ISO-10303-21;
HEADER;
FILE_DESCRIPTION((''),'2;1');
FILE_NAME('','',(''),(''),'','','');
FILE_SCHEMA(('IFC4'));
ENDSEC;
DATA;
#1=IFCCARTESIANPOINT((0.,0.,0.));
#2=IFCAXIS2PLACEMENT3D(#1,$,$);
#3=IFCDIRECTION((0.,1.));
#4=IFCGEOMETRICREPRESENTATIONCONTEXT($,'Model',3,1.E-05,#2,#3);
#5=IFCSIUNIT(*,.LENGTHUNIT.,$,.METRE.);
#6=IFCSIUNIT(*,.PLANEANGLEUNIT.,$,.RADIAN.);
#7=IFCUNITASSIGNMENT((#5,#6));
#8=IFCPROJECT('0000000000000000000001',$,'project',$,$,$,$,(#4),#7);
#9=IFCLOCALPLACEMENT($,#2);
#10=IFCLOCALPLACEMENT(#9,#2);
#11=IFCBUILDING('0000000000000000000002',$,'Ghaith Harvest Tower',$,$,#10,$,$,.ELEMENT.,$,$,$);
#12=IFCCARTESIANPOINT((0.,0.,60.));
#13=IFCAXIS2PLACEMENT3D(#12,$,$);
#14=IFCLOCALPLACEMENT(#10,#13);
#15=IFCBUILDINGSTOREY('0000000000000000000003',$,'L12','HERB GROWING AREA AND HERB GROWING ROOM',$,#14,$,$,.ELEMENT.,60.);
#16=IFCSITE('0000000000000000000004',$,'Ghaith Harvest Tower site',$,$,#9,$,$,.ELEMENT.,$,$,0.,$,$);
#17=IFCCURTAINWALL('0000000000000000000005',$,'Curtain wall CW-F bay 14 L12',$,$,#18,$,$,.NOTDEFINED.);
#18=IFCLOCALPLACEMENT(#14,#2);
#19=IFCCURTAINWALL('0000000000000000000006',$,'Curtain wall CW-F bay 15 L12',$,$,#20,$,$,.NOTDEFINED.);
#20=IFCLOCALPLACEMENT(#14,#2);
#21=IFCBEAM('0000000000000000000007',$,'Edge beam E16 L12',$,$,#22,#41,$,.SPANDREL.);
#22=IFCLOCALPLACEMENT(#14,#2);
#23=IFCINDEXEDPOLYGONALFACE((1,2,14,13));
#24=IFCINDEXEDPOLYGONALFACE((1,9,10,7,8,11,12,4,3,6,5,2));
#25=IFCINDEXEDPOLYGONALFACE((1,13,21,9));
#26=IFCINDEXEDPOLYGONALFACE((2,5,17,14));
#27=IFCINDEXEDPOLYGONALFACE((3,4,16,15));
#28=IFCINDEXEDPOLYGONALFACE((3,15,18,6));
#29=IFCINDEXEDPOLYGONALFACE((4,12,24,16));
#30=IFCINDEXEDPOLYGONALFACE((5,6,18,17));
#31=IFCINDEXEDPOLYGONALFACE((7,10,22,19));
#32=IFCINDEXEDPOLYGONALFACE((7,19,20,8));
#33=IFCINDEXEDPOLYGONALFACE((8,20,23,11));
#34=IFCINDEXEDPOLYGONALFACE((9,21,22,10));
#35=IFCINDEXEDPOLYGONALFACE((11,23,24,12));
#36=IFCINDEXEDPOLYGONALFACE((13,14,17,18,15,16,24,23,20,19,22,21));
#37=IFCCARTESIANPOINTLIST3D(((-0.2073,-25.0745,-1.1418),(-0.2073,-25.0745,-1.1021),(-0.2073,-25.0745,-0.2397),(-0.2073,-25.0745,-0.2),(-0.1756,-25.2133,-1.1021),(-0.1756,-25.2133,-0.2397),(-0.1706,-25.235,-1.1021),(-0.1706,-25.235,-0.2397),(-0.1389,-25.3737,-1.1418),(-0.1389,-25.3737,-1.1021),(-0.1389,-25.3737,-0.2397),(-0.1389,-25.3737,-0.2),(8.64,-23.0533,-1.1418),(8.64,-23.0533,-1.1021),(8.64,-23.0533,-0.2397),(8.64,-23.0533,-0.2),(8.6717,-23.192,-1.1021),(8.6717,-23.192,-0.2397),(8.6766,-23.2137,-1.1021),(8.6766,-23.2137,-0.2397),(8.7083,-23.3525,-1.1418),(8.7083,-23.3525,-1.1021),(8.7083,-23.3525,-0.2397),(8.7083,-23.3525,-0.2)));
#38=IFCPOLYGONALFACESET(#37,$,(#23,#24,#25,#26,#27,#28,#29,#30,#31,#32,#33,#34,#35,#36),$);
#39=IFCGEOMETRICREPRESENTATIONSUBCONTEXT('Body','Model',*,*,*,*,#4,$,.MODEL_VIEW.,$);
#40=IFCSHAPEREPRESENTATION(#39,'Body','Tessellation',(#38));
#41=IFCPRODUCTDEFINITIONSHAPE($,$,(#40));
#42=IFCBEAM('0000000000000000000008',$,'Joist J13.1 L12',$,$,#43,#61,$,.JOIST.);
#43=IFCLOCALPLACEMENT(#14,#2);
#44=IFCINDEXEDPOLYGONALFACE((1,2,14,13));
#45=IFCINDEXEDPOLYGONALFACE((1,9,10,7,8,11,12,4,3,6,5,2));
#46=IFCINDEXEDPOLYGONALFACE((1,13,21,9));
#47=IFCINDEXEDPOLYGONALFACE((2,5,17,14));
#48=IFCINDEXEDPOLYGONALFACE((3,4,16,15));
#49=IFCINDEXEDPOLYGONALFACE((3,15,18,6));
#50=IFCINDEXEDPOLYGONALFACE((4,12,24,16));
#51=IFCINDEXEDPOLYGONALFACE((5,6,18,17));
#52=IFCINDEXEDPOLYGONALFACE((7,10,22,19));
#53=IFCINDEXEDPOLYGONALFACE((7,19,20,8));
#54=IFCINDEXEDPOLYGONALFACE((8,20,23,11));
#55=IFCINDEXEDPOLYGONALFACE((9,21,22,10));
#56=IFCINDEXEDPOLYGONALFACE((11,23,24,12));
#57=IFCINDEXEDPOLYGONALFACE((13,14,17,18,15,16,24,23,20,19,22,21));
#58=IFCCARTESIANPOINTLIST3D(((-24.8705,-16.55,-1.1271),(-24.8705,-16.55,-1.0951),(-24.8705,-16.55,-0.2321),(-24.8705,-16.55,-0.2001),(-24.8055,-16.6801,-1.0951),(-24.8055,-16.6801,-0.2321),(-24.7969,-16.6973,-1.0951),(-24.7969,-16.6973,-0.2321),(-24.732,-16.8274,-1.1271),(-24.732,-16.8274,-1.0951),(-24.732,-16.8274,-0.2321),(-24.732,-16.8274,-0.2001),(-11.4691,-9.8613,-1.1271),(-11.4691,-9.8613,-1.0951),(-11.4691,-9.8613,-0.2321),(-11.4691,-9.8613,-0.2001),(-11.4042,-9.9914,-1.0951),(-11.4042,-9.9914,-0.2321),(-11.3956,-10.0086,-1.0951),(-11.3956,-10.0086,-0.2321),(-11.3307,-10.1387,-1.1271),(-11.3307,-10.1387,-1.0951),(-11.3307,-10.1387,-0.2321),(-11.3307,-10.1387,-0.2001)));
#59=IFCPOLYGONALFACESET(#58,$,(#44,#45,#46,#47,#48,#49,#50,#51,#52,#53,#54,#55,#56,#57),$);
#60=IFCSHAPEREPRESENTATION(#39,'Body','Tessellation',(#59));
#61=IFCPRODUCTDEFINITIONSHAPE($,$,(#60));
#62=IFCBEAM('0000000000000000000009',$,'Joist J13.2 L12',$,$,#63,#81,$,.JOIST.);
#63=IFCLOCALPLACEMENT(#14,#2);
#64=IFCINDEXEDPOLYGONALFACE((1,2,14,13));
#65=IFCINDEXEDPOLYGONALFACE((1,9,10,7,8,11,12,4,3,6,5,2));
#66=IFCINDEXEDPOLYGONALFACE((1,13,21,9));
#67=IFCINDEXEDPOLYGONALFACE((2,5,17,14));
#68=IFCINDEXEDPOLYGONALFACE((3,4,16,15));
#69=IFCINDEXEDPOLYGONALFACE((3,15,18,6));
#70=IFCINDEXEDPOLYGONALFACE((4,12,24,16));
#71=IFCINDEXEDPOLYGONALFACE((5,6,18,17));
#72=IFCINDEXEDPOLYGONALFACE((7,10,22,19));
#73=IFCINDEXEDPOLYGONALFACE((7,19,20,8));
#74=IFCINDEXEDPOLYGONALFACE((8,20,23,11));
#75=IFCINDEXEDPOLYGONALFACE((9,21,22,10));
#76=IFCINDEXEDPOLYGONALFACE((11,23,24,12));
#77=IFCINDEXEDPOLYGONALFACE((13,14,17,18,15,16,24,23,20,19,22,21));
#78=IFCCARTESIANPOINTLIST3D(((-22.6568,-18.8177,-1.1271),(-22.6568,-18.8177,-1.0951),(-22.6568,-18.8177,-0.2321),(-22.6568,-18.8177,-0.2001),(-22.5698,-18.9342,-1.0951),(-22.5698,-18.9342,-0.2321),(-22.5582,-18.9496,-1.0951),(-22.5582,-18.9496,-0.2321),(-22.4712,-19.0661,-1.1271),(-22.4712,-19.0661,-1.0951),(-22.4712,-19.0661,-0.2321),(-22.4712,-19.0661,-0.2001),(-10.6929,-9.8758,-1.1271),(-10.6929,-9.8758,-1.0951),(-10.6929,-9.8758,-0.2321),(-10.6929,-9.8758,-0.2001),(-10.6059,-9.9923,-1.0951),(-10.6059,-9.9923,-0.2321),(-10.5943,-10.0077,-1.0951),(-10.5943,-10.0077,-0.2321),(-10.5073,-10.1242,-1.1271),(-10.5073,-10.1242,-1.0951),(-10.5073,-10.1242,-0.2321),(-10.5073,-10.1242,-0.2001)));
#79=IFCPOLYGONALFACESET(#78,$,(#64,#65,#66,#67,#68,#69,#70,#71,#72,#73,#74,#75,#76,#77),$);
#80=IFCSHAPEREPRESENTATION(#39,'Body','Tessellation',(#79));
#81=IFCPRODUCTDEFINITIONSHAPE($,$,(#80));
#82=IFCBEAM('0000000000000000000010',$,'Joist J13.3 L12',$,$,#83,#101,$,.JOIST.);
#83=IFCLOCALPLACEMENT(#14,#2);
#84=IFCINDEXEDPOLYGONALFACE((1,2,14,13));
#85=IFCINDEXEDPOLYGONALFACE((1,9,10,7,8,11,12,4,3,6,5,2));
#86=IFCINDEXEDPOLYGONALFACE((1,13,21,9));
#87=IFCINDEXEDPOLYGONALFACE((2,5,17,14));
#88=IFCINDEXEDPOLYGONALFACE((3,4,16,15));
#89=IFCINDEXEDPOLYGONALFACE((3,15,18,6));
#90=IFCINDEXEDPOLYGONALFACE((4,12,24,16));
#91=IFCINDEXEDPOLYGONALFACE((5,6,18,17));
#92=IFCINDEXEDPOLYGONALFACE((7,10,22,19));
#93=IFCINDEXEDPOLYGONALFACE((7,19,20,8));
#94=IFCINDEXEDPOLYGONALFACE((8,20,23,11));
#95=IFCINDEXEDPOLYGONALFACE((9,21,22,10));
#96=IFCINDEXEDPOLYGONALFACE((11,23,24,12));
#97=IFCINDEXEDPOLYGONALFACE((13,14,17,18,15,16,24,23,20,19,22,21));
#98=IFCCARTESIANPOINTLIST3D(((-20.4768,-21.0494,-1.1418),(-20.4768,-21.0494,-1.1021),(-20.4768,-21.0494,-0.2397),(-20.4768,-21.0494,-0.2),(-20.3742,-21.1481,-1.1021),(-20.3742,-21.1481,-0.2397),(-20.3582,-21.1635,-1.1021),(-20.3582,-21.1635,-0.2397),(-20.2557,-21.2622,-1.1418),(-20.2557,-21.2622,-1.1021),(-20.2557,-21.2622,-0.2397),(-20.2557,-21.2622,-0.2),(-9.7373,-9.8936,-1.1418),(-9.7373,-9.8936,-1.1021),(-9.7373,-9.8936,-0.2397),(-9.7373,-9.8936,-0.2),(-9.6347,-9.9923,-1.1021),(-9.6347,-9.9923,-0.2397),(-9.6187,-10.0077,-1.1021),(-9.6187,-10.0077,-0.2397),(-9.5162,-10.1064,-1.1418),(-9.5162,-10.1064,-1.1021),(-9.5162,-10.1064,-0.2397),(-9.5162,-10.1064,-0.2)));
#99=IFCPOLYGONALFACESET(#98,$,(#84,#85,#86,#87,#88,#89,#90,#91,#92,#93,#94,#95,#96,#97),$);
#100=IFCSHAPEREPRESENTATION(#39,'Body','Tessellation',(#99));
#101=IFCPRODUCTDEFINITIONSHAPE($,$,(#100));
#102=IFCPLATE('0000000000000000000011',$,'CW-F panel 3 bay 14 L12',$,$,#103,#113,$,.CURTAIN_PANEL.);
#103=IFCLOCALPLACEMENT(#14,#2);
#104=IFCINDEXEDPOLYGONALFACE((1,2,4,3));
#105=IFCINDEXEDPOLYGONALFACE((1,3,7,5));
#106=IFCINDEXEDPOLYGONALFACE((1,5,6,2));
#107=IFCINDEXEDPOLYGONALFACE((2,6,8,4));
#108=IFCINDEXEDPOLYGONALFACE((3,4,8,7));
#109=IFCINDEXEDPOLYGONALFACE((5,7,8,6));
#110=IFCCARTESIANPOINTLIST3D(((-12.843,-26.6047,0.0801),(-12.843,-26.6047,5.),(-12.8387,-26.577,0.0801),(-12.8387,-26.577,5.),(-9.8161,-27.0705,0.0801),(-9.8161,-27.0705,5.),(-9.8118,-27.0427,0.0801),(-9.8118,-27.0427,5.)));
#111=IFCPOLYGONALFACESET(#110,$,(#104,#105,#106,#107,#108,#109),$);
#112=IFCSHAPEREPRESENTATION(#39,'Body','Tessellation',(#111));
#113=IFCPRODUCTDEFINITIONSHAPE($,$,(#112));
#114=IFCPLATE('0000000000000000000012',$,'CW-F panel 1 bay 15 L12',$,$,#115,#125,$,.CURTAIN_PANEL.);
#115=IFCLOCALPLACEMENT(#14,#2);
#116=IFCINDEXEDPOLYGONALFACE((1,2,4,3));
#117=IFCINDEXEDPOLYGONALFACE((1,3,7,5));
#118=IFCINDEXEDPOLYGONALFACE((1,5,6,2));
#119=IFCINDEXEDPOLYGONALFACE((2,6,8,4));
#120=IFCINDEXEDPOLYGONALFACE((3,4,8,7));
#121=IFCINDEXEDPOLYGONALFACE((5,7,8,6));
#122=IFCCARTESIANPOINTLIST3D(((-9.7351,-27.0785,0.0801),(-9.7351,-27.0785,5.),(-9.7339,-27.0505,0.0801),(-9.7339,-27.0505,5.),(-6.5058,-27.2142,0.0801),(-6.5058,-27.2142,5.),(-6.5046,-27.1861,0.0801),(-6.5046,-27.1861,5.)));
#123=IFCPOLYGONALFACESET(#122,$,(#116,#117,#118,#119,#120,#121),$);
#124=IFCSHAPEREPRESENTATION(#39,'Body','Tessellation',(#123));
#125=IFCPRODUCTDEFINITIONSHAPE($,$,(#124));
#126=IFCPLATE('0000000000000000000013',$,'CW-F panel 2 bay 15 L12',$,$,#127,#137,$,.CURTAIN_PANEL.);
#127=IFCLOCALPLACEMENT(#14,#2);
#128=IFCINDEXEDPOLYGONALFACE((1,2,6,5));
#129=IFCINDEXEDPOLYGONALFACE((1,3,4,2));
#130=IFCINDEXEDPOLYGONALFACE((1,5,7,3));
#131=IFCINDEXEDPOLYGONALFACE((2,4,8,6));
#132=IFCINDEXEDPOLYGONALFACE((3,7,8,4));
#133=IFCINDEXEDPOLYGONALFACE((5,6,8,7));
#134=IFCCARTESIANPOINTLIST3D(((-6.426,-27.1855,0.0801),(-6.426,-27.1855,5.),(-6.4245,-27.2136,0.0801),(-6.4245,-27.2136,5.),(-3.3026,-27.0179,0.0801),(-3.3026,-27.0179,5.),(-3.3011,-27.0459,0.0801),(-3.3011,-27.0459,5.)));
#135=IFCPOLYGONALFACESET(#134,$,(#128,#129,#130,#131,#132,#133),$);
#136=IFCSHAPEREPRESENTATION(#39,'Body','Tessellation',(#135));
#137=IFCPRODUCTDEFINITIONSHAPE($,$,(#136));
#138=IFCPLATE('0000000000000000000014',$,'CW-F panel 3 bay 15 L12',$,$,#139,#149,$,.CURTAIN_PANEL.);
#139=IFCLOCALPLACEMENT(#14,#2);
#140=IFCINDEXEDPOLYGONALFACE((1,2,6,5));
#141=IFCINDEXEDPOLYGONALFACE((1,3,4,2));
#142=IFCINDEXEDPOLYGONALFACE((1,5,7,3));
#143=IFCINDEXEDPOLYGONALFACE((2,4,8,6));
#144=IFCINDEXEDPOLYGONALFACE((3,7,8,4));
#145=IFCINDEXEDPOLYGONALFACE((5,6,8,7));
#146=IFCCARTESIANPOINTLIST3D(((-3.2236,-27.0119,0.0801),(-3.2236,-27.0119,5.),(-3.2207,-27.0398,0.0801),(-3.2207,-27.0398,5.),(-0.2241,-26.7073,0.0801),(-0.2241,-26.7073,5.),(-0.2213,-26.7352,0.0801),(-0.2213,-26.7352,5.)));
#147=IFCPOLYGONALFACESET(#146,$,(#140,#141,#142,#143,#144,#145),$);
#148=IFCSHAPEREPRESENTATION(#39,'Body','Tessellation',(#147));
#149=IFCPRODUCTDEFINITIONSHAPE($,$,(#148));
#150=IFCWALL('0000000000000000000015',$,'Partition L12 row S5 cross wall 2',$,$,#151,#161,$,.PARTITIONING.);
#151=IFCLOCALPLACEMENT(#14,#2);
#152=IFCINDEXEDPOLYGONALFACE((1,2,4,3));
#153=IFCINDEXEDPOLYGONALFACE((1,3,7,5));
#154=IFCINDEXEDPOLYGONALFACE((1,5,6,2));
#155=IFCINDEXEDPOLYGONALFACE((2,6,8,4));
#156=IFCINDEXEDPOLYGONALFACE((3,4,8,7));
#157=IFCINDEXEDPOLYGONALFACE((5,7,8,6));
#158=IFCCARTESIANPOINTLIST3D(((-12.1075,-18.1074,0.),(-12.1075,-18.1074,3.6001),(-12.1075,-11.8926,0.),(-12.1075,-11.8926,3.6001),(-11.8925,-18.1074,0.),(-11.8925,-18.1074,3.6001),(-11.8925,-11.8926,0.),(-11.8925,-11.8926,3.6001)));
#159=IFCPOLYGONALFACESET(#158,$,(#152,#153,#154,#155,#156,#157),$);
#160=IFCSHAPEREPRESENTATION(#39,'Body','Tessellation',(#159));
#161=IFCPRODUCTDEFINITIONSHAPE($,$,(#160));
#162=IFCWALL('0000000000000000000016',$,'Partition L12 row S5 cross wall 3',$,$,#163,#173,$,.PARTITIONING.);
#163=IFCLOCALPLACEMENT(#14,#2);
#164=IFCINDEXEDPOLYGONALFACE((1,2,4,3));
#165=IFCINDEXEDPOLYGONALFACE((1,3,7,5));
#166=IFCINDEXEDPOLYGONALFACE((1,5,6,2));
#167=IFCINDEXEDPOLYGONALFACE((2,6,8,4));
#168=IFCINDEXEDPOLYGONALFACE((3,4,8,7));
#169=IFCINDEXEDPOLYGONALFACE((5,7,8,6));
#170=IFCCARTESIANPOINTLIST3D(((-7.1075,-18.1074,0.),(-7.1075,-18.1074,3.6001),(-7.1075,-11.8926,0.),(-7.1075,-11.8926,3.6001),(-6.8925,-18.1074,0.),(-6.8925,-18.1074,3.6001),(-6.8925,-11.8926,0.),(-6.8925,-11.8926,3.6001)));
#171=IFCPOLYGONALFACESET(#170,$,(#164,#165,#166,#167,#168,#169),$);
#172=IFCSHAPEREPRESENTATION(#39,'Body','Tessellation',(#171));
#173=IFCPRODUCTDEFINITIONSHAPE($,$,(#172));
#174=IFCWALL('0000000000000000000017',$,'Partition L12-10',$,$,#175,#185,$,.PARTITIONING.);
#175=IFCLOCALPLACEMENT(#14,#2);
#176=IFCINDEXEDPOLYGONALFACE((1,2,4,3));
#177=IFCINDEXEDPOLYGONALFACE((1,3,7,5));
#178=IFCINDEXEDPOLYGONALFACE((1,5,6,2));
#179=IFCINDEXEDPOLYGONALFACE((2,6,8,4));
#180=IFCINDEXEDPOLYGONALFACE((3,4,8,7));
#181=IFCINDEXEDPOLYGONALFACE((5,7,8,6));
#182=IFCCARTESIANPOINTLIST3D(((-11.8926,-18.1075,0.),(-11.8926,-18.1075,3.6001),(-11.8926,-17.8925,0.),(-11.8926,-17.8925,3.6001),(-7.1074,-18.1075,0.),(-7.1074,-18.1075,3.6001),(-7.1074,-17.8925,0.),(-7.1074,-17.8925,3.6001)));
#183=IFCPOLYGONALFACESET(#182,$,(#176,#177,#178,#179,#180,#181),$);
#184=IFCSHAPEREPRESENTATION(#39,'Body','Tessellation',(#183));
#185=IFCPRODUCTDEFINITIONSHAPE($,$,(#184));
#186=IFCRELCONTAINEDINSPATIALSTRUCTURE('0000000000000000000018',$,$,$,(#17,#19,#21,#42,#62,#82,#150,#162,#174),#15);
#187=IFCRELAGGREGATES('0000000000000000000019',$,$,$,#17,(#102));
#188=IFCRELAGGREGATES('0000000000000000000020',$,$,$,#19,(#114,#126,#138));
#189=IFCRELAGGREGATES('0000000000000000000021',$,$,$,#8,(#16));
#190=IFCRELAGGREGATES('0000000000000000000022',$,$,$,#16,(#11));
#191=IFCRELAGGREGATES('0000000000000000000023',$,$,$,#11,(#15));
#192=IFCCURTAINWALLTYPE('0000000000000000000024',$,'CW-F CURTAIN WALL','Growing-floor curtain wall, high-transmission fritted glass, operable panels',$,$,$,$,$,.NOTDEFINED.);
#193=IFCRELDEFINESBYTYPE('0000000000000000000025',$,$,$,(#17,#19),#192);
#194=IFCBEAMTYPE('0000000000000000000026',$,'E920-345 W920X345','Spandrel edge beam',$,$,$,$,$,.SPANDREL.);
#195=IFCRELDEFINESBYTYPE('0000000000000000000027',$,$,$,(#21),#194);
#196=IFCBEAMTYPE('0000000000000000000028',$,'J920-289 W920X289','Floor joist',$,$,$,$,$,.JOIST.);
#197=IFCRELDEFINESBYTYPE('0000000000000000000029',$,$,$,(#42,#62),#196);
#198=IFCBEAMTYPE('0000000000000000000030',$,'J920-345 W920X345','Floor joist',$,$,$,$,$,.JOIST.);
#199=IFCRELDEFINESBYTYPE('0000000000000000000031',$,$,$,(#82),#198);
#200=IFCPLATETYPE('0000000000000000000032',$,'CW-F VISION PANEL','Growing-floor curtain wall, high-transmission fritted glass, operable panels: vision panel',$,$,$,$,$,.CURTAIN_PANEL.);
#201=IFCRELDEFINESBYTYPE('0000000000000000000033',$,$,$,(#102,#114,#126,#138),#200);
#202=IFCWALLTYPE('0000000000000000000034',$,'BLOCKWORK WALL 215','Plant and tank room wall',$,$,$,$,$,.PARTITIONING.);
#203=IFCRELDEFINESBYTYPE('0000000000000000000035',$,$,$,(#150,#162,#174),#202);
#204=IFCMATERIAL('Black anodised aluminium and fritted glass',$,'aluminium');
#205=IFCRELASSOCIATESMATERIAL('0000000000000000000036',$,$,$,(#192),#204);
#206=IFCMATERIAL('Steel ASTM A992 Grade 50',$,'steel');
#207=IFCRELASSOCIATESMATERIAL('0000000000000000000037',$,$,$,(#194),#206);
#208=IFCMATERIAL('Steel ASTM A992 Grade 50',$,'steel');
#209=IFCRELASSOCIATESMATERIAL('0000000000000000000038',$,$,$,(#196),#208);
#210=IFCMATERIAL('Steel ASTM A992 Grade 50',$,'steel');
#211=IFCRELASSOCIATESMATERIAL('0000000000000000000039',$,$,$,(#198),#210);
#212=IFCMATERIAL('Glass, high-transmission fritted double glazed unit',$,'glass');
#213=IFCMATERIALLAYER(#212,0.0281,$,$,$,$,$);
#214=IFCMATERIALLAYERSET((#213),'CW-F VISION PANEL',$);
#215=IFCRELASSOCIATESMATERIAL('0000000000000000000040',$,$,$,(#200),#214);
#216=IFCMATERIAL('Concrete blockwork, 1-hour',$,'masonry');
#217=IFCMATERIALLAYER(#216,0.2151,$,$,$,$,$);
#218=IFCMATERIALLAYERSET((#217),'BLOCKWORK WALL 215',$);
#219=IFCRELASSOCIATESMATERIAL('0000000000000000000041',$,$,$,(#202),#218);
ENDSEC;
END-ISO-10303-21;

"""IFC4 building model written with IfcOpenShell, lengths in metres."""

from ifc_helpers import new_model, si_unit, direction, frame, frame_2d, origin, origin_2d, place, context, subcontext, project, spatial, rectangle, i_section, extrude, material, layer, layer_set, material_profile, profile_set, type_object, element, aggregate, save


model = new_model("IFC4")

# Units and contexts
model_context = context("Model", 3, precision=1e-05, world=origin(), true_north=direction((0.0, 1.0)))
body_context = subcontext(model_context, "Body", "Model", "MODEL_VIEW")
ifc_project = project(units=[si_unit("LENGTHUNIT", "METRE"), si_unit("PLANEANGLEUNIT", "RADIAN")], contexts=[model_context])

# Site, building, storey
site_placement = place(None, origin())
site = spatial("IfcSite", under=ifc_project, at=site_placement, Name="Ghaith Harvest Tower site", CompositionType="ELEMENT", RefElevation=0.0)
building_placement = place(site_placement, origin())
building = spatial("IfcBuilding", under=site, at=building_placement, Name="Ghaith Harvest Tower", CompositionType="ELEMENT")
storey_placement = place(building_placement, frame((0.0, 0.0, 60.0)))
storey = spatial("IfcBuildingStorey", under=building, at=storey_placement, Name="L12", Description="HERB GROWING AREA AND HERB GROWING ROOM", CompositionType="ELEMENT", Elevation=60.0)

# Curtain wall
ifc_material_1 = material(Name="Black anodised aluminium and fritted glass", Category="aluminium")
curtain_wall_type = type_object("IfcCurtainWallType", Name="CW-F CURTAIN WALL", Description="Growing-floor curtain wall, high-transmission fritted glass, operable panels", PredefinedType="NOTDEFINED", material=ifc_material_1)
curtain_wall_1_placement = place(storey_placement, origin())
curtain_wall_1 = element("IfcCurtainWall", 1, at=curtain_wall_1_placement, inside=storey, type_object=curtain_wall_type, Name="Curtain wall CW-F bay 14 L12", PredefinedType="NOTDEFINED")

# Curtain wall
curtain_wall_2_placement = place(storey_placement, origin())
curtain_wall_2 = element("IfcCurtainWall", 2, at=curtain_wall_2_placement, inside=storey, type_object=curtain_wall_type, Name="Curtain wall CW-F bay 15 L12", PredefinedType="NOTDEFINED")

# Beams
ifc_material_2 = material(Name="Steel ASTM A992 Grade 50", Category="steel")
ifc_material_profile_1 = material_profile(ifc_material_2, i_section(OverallWidth=0.3069, OverallDepth=0.9419, WebThickness=0.0222, FlangeThickness=0.0398, at=origin_2d()), Name="W920X345")
ifc_profile_set_1 = profile_set([ifc_material_profile_1], Name="Steel ASTM A992 Grade 50")
beam_type_1 = type_object("IfcBeamType", Name="E920-345 W920X345", Description="Spandrel edge beam", PredefinedType="SPANDREL", material=ifc_profile_set_1)
beam_1_placement = place(storey_placement, frame((-0.1731, -25.2241, -0.6709), z_axis=(0.974882, 0.222723, 0.0), x_axis=(-0.222723, 0.974882, 0.0)))
element("IfcBeam", 3, at=beam_1_placement, inside=storey, type_object=beam_type_1, Name="Edge beam E16 L12", PredefinedType="SPANDREL", context=body_context, shape_type="SweptSolid", body=[
    extrude(i_section(OverallWidth=0.3069, OverallDepth=0.9419, WebThickness=0.0222, FlangeThickness=0.0398, at=origin_2d()), origin(), (0.0, 0.0, 1.0), 9.0752),
])
ifc_material_3 = material(Name="Steel ASTM A992 Grade 50", Category="steel")
ifc_material_profile_2 = material_profile(ifc_material_3, i_section(OverallWidth=0.3101, OverallDepth=0.927, WebThickness=0.0193, FlangeThickness=0.032, at=origin_2d()), Name="W920X289")
ifc_profile_set_2 = profile_set([ifc_material_profile_2], Name="Steel ASTM A992 Grade 50")
beam_type_2 = type_object("IfcBeamType", Name="J920-289 W920X289", Description="Floor joist", PredefinedType="JOIST", material=ifc_profile_set_2)
beam_2_placement = place(storey_placement, frame((-11.3999, -10.0, -0.6636), z_axis=(-0.894746, -0.446575, 0.0), x_axis=(0.446575, -0.894746, 0.0)))
element("IfcBeam", 4, at=beam_2_placement, inside=storey, type_object=beam_type_2, Name="Joist J13.1 L12", PredefinedType="JOIST", context=body_context, shape_type="SweptSolid", body=[
    extrude(i_section(OverallWidth=0.3101, OverallDepth=0.927, WebThickness=0.0193, FlangeThickness=0.032, at=origin_2d()), origin(), (0.0, 0.0, 1.0), 14.9778),
])
beam_3_placement = place(storey_placement, frame((-10.6001, -10.0, -0.6636), z_axis=(-0.800995, -0.598671, 0.0), x_axis=(0.598671, -0.800995, 0.0)))
element("IfcBeam", 5, at=beam_3_placement, inside=storey, type_object=beam_type_2, Name="Joist J13.2 L12", PredefinedType="JOIST", context=body_context, shape_type="SweptSolid", body=[
    extrude(i_section(OverallWidth=0.3101, OverallDepth=0.927, WebThickness=0.0193, FlangeThickness=0.032, at=origin_2d()), origin(), (0.0, 0.0, 1.0), 14.9363),
])
ifc_material_4 = material(Name="Steel ASTM A992 Grade 50", Category="steel")
ifc_material_profile_3 = material_profile(ifc_material_4, i_section(OverallWidth=0.3069, OverallDepth=0.9419, WebThickness=0.0222, FlangeThickness=0.0398, at=origin_2d()), Name="W920X345")
ifc_profile_set_3 = profile_set([ifc_material_profile_3], Name="Steel ASTM A992 Grade 50")
beam_type_3 = type_object("IfcBeamType", Name="J920-345 W920X345", Description="Floor joist", PredefinedType="JOIST", material=ifc_profile_set_3)
beam_4_placement = place(storey_placement, frame((-9.6267, -10.0, -0.6709), z_axis=(-0.693538, -0.72042, 0.0), x_axis=(0.72042, -0.693538, 0.0)))
element("IfcBeam", 6, at=beam_4_placement, inside=storey, type_object=beam_type_3, Name="Joist J13.3 L12", PredefinedType="JOIST", context=body_context, shape_type="SweptSolid", body=[
    extrude(i_section(OverallWidth=0.3069, OverallDepth=0.9419, WebThickness=0.0222, FlangeThickness=0.0398, at=origin_2d()), origin(), (0.0, 0.0, 1.0), 15.4851),
])

# Plates
ifc_material_5 = material(Name="Glass, high-transmission fritted double glazed unit", Category="glass")
ifc_layer_1 = layer(ifc_material_5, 0.0281)
ifc_layer_set_1 = layer_set([ifc_layer_1], Name="CW-F VISION PANEL")
plate_type = type_object("IfcPlateType", Name="CW-F VISION PANEL", Description="Growing-floor curtain wall, high-transmission fritted glass, operable panels: vision panel", PredefinedType="CURTAIN_PANEL", material=ifc_layer_set_1)
plate_1_placement = place(storey_placement, frame((-11.3274, -26.8237, 0.0801), z_axis=(0.0, 0.0, 1.0), x_axis=(0.98837, -0.152069, 0.0)))
plate_1 = element("IfcPlate", 7, at=plate_1_placement, type_object=plate_type, Name="CW-F panel 3 bay 14 L12", PredefinedType="CURTAIN_PANEL", context=body_context, shape_type="SweptSolid", body=[
    extrude(rectangle(XDim=3.0625, YDim=0.0281, at=origin_2d()), origin(), (0.0, 0.0, 1.0), 4.9199),
])
aggregate(curtain_wall_1, [plate_1])
plate_2_placement = place(storey_placement, frame((-8.1199, -27.1323, 0.0801), z_axis=(0.0, 0.0, 1.0), x_axis=(0.999119, -0.041967, 0.0)))
plate_2 = element("IfcPlate", 8, at=plate_2_placement, type_object=plate_type, Name="CW-F panel 1 bay 15 L12", PredefinedType="CURTAIN_PANEL", context=body_context, shape_type="SweptSolid", body=[
    extrude(rectangle(XDim=3.2322, YDim=0.0281, at=origin_2d()), origin(), (0.0, 0.0, 1.0), 4.9199),
])
plate_3_placement = place(storey_placement, frame((-4.8635, -27.1157, 0.0801), z_axis=(0.0, 0.0, 1.0), x_axis=(0.998563, 0.0536, 0.0)))
plate_3 = element("IfcPlate", 9, at=plate_3_placement, type_object=plate_type, Name="CW-F panel 2 bay 15 L12", PredefinedType="CURTAIN_PANEL", context=body_context, shape_type="SweptSolid", body=[
    extrude(rectangle(XDim=3.1279, YDim=0.0281, at=origin_2d()), origin(), (0.0, 0.0, 1.0), 4.9199),
])
plate_4_placement = place(storey_placement, frame((-1.7224, -26.8735, 0.0801), z_axis=(0.0, 0.0, 1.0), x_axis=(0.994882, 0.101041, 0.0)))
plate_4 = element("IfcPlate", 10, at=plate_4_placement, type_object=plate_type, Name="CW-F panel 3 bay 15 L12", PredefinedType="CURTAIN_PANEL", context=body_context, shape_type="SweptSolid", body=[
    extrude(rectangle(XDim=3.0149, YDim=0.0281, at=origin_2d()), origin(), (0.0, 0.0, 1.0), 4.9199),
])
aggregate(curtain_wall_2, [plate_2, plate_3, plate_4])

# Walls
ifc_material_6 = material(Name="Concrete blockwork, 1-hour", Category="masonry")
ifc_layer_2 = layer(ifc_material_6, 0.2151)
ifc_layer_set_2 = layer_set([ifc_layer_2], Name="BLOCKWORK WALL 215")
wall_type_1 = type_object("IfcWallType", Name="BLOCKWORK WALL 215", Description="Plant and tank room wall", PredefinedType="PARTITIONING", material=ifc_layer_set_2)
for number, where, z_axis, x_axis, name in (
    (11, (-12.0, -11.8926, 0.0), (0.0, 0.0, 1.0), (0.0, -1.0, 0.0), "Partition L12 row S5 cross wall 2"),
    (12, (-7.0, -11.8926, 0.0), (0.0, 0.0, 1.0), (0.0, -1.0, 0.0), "Partition L12 row S5 cross wall 3"),
):
    element("IfcWall", number, at=place(storey_placement, frame(where, z_axis=z_axis, x_axis=x_axis)), inside=storey, type_object=wall_type_1, Name=name, PredefinedType="PARTITIONING", context=body_context, shape_type="SweptSolid", body=[
        extrude(rectangle(XDim=6.2148, YDim=0.2151, at=frame_2d((3.1074, 0.0))), origin(), (0.0, 0.0, 1.0), 3.6001),
    ])

# Wall
wall_1_placement = place(storey_placement, frame((-11.8926, -18.0, 0.0), z_axis=(0.0, 0.0, 1.0), x_axis=(1.0, 0.0, 0.0)))
element("IfcWall", 13, at=wall_1_placement, inside=storey, type_object=wall_type_1, Name="Partition L12-10", PredefinedType="PARTITIONING", context=body_context, shape_type="SweptSolid", body=[
    extrude(rectangle(XDim=4.7852, YDim=0.2151, at=frame_2d((2.3926, 0.0))), origin(), (0.0, 0.0, 1.0), 3.6001),
])

save(model, "model.ifc")
